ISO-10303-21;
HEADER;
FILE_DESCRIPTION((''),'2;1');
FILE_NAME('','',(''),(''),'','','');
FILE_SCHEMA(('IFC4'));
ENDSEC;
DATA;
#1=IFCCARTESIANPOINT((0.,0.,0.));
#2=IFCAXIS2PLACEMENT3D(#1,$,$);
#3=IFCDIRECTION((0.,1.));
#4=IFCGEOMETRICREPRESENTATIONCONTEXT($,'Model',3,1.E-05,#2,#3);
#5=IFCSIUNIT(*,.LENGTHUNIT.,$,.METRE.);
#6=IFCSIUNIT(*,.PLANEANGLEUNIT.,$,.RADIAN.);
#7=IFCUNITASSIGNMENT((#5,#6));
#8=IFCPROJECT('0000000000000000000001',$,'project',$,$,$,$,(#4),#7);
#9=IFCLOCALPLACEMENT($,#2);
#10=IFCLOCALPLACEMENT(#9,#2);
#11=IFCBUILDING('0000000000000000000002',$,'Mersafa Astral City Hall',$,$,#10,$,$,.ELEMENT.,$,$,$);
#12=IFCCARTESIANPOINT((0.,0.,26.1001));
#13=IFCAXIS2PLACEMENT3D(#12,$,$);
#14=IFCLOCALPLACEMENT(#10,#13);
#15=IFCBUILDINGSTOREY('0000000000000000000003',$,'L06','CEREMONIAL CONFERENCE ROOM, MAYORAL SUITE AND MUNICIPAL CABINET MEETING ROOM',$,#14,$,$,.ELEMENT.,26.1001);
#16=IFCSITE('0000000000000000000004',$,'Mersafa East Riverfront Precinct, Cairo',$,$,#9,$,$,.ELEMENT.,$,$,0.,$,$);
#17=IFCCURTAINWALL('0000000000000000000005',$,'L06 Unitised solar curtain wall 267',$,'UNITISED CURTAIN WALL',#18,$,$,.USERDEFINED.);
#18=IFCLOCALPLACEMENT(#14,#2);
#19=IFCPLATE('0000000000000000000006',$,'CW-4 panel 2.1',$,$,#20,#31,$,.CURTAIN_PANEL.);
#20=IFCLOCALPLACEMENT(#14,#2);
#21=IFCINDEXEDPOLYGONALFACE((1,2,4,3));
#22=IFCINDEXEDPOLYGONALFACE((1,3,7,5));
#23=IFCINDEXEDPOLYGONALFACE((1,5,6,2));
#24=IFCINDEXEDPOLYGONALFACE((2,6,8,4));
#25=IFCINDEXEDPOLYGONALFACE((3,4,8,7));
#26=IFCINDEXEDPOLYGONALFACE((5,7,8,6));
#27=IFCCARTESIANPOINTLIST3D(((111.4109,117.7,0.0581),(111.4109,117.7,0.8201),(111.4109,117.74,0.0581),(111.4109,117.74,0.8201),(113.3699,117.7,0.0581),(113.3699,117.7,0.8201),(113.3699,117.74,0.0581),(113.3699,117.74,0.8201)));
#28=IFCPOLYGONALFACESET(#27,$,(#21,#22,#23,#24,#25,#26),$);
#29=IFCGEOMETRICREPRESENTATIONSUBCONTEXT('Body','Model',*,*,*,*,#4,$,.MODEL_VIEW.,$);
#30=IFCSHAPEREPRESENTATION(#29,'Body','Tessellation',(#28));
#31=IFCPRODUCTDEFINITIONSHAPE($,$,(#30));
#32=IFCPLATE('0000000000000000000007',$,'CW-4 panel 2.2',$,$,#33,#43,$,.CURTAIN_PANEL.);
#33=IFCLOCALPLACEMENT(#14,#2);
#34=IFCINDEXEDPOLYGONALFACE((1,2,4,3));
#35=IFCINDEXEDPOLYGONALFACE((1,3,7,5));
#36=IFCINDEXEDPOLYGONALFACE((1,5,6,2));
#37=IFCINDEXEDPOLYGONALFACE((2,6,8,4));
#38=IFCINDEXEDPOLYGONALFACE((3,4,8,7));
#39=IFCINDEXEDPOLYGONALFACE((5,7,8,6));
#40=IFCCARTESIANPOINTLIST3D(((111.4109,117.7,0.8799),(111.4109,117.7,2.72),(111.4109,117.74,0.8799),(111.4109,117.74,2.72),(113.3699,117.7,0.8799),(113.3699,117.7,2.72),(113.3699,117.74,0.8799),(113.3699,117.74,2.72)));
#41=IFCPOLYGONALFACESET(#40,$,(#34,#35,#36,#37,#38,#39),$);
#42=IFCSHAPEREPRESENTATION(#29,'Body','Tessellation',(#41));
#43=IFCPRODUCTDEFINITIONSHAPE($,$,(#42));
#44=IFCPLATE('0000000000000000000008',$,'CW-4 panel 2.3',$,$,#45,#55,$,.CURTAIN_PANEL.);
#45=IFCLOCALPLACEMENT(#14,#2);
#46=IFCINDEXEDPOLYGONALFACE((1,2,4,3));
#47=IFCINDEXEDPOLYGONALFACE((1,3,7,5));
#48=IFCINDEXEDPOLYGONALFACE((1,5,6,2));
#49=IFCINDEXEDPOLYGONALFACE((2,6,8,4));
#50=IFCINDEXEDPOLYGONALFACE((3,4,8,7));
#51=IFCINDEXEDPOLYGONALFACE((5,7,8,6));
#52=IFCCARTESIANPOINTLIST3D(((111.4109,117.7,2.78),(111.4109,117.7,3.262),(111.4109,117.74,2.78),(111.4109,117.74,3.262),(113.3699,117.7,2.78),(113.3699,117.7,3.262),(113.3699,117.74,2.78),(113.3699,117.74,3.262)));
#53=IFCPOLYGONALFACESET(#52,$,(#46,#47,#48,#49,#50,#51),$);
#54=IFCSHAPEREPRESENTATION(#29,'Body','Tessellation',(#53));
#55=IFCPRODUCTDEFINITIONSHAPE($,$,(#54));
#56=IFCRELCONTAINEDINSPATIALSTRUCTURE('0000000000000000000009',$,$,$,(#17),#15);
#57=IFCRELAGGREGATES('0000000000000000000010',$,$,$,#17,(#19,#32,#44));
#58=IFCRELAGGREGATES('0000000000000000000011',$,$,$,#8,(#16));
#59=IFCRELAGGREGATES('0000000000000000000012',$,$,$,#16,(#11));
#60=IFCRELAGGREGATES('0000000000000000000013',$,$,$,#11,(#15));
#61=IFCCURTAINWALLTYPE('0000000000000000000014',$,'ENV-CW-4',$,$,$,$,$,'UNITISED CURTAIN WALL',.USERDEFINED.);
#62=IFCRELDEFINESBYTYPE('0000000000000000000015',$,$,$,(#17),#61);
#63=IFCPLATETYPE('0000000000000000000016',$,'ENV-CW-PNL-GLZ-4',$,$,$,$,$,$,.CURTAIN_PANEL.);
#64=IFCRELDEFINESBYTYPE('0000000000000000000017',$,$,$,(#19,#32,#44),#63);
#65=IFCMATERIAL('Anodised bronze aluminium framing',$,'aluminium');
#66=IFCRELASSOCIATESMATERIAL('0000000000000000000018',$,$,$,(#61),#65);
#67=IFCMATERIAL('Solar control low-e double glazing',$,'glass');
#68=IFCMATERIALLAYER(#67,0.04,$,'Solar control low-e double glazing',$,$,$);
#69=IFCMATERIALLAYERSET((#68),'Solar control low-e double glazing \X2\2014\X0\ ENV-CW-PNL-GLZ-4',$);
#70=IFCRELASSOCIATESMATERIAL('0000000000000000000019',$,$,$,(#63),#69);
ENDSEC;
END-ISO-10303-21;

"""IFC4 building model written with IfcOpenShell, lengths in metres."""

from ifc_helpers import new_model, si_unit, direction, frame, origin, origin_2d, place, context, subcontext, project, spatial, rectangle, extrude, material, layer, layer_set, type_object, element, aggregate, save


model = new_model("IFC4")

# Units and contexts
model_context = context("Model", 3, precision=1e-05, world=origin(), true_north=direction((0.0, 1.0)))
body_context = subcontext(model_context, "Body", "Model", "MODEL_VIEW")
ifc_project = project(units=[si_unit("LENGTHUNIT", "METRE"), si_unit("PLANEANGLEUNIT", "RADIAN")], contexts=[model_context])

# Site, building, storey
site_placement = place(None, origin())
site = spatial("IfcSite", under=ifc_project, at=site_placement, Name="Mersafa East Riverfront Precinct, Cairo", CompositionType="ELEMENT", RefElevation=0.0)
building_placement = place(site_placement, origin())
building = spatial("IfcBuilding", under=site, at=building_placement, Name="Mersafa Astral City Hall", CompositionType="ELEMENT")
storey_placement = place(building_placement, frame((0.0, 0.0, 26.1001)))
storey = spatial("IfcBuildingStorey", under=building, at=storey_placement, Name="L06", Description="CEREMONIAL CONFERENCE ROOM, MAYORAL SUITE AND MUNICIPAL CABINET MEETING ROOM", CompositionType="ELEMENT", Elevation=26.1001)

# Curtain wall
ifc_material_1 = material(Name="Anodised bronze aluminium framing", Category="aluminium")
curtain_wall_type_1 = type_object("IfcCurtainWallType", Name="ENV-CW-4", ElementType="UNITISED CURTAIN WALL", PredefinedType="USERDEFINED", material=ifc_material_1)
curtain_wall_1_placement = place(storey_placement, origin())
curtain_wall_1 = element("IfcCurtainWall", 1, at=curtain_wall_1_placement, inside=storey, type_object=curtain_wall_type_1, Name="L06 Unitised solar curtain wall 267", ObjectType="UNITISED CURTAIN WALL", PredefinedType="USERDEFINED")

# Plates
ifc_material_2 = material(Name="Solar control low-e double glazing", Category="glass")
ifc_layer_1 = layer(ifc_material_2, 0.04, Name="Solar control low-e double glazing")
ifc_layer_set_1 = layer_set([ifc_layer_1], Name="Solar control low-e double glazing — ENV-CW-PNL-GLZ-4")
plate_type_1 = type_object("IfcPlateType", Name="ENV-CW-PNL-GLZ-4", PredefinedType="CURTAIN_PANEL", material=ifc_layer_set_1)
plate_1_placement = place(storey_placement, frame((112.3904, 117.72, 0.0581), z_axis=(0.0, 0.0, 1.0), x_axis=(1.0, 0.0, 0.0)))
plate_1 = element("IfcPlate", 2, at=plate_1_placement, type_object=plate_type_1, Name="CW-4 panel 2.1", PredefinedType="CURTAIN_PANEL", context=body_context, shape_type="SweptSolid", body=[
    extrude(rectangle(XDim=1.959, YDim=0.04, at=origin_2d()), origin(), (0.0, 0.0, 1.0), 0.762),
])
plate_2_placement = place(storey_placement, frame((112.3904, 117.72, 0.8799), z_axis=(0.0, 0.0, 1.0), x_axis=(1.0, 0.0, 0.0)))
plate_2 = element("IfcPlate", 3, at=plate_2_placement, type_object=plate_type_1, Name="CW-4 panel 2.2", PredefinedType="CURTAIN_PANEL", context=body_context, shape_type="SweptSolid", body=[
    extrude(rectangle(XDim=1.959, YDim=0.04, at=origin_2d()), origin(), (0.0, 0.0, 1.0), 1.8401),
])
plate_3_placement = place(storey_placement, frame((112.3904, 117.72, 2.78), z_axis=(0.0, 0.0, 1.0), x_axis=(1.0, 0.0, 0.0)))
plate_3 = element("IfcPlate", 4, at=plate_3_placement, type_object=plate_type_1, Name="CW-4 panel 2.3", PredefinedType="CURTAIN_PANEL", context=body_context, shape_type="SweptSolid", body=[
    extrude(rectangle(XDim=1.959, YDim=0.04, at=origin_2d()), origin(), (0.0, 0.0, 1.0), 0.4819),
])
aggregate(curtain_wall_1, [plate_1, plate_2, plate_3])

save(model, "model.ifc")
